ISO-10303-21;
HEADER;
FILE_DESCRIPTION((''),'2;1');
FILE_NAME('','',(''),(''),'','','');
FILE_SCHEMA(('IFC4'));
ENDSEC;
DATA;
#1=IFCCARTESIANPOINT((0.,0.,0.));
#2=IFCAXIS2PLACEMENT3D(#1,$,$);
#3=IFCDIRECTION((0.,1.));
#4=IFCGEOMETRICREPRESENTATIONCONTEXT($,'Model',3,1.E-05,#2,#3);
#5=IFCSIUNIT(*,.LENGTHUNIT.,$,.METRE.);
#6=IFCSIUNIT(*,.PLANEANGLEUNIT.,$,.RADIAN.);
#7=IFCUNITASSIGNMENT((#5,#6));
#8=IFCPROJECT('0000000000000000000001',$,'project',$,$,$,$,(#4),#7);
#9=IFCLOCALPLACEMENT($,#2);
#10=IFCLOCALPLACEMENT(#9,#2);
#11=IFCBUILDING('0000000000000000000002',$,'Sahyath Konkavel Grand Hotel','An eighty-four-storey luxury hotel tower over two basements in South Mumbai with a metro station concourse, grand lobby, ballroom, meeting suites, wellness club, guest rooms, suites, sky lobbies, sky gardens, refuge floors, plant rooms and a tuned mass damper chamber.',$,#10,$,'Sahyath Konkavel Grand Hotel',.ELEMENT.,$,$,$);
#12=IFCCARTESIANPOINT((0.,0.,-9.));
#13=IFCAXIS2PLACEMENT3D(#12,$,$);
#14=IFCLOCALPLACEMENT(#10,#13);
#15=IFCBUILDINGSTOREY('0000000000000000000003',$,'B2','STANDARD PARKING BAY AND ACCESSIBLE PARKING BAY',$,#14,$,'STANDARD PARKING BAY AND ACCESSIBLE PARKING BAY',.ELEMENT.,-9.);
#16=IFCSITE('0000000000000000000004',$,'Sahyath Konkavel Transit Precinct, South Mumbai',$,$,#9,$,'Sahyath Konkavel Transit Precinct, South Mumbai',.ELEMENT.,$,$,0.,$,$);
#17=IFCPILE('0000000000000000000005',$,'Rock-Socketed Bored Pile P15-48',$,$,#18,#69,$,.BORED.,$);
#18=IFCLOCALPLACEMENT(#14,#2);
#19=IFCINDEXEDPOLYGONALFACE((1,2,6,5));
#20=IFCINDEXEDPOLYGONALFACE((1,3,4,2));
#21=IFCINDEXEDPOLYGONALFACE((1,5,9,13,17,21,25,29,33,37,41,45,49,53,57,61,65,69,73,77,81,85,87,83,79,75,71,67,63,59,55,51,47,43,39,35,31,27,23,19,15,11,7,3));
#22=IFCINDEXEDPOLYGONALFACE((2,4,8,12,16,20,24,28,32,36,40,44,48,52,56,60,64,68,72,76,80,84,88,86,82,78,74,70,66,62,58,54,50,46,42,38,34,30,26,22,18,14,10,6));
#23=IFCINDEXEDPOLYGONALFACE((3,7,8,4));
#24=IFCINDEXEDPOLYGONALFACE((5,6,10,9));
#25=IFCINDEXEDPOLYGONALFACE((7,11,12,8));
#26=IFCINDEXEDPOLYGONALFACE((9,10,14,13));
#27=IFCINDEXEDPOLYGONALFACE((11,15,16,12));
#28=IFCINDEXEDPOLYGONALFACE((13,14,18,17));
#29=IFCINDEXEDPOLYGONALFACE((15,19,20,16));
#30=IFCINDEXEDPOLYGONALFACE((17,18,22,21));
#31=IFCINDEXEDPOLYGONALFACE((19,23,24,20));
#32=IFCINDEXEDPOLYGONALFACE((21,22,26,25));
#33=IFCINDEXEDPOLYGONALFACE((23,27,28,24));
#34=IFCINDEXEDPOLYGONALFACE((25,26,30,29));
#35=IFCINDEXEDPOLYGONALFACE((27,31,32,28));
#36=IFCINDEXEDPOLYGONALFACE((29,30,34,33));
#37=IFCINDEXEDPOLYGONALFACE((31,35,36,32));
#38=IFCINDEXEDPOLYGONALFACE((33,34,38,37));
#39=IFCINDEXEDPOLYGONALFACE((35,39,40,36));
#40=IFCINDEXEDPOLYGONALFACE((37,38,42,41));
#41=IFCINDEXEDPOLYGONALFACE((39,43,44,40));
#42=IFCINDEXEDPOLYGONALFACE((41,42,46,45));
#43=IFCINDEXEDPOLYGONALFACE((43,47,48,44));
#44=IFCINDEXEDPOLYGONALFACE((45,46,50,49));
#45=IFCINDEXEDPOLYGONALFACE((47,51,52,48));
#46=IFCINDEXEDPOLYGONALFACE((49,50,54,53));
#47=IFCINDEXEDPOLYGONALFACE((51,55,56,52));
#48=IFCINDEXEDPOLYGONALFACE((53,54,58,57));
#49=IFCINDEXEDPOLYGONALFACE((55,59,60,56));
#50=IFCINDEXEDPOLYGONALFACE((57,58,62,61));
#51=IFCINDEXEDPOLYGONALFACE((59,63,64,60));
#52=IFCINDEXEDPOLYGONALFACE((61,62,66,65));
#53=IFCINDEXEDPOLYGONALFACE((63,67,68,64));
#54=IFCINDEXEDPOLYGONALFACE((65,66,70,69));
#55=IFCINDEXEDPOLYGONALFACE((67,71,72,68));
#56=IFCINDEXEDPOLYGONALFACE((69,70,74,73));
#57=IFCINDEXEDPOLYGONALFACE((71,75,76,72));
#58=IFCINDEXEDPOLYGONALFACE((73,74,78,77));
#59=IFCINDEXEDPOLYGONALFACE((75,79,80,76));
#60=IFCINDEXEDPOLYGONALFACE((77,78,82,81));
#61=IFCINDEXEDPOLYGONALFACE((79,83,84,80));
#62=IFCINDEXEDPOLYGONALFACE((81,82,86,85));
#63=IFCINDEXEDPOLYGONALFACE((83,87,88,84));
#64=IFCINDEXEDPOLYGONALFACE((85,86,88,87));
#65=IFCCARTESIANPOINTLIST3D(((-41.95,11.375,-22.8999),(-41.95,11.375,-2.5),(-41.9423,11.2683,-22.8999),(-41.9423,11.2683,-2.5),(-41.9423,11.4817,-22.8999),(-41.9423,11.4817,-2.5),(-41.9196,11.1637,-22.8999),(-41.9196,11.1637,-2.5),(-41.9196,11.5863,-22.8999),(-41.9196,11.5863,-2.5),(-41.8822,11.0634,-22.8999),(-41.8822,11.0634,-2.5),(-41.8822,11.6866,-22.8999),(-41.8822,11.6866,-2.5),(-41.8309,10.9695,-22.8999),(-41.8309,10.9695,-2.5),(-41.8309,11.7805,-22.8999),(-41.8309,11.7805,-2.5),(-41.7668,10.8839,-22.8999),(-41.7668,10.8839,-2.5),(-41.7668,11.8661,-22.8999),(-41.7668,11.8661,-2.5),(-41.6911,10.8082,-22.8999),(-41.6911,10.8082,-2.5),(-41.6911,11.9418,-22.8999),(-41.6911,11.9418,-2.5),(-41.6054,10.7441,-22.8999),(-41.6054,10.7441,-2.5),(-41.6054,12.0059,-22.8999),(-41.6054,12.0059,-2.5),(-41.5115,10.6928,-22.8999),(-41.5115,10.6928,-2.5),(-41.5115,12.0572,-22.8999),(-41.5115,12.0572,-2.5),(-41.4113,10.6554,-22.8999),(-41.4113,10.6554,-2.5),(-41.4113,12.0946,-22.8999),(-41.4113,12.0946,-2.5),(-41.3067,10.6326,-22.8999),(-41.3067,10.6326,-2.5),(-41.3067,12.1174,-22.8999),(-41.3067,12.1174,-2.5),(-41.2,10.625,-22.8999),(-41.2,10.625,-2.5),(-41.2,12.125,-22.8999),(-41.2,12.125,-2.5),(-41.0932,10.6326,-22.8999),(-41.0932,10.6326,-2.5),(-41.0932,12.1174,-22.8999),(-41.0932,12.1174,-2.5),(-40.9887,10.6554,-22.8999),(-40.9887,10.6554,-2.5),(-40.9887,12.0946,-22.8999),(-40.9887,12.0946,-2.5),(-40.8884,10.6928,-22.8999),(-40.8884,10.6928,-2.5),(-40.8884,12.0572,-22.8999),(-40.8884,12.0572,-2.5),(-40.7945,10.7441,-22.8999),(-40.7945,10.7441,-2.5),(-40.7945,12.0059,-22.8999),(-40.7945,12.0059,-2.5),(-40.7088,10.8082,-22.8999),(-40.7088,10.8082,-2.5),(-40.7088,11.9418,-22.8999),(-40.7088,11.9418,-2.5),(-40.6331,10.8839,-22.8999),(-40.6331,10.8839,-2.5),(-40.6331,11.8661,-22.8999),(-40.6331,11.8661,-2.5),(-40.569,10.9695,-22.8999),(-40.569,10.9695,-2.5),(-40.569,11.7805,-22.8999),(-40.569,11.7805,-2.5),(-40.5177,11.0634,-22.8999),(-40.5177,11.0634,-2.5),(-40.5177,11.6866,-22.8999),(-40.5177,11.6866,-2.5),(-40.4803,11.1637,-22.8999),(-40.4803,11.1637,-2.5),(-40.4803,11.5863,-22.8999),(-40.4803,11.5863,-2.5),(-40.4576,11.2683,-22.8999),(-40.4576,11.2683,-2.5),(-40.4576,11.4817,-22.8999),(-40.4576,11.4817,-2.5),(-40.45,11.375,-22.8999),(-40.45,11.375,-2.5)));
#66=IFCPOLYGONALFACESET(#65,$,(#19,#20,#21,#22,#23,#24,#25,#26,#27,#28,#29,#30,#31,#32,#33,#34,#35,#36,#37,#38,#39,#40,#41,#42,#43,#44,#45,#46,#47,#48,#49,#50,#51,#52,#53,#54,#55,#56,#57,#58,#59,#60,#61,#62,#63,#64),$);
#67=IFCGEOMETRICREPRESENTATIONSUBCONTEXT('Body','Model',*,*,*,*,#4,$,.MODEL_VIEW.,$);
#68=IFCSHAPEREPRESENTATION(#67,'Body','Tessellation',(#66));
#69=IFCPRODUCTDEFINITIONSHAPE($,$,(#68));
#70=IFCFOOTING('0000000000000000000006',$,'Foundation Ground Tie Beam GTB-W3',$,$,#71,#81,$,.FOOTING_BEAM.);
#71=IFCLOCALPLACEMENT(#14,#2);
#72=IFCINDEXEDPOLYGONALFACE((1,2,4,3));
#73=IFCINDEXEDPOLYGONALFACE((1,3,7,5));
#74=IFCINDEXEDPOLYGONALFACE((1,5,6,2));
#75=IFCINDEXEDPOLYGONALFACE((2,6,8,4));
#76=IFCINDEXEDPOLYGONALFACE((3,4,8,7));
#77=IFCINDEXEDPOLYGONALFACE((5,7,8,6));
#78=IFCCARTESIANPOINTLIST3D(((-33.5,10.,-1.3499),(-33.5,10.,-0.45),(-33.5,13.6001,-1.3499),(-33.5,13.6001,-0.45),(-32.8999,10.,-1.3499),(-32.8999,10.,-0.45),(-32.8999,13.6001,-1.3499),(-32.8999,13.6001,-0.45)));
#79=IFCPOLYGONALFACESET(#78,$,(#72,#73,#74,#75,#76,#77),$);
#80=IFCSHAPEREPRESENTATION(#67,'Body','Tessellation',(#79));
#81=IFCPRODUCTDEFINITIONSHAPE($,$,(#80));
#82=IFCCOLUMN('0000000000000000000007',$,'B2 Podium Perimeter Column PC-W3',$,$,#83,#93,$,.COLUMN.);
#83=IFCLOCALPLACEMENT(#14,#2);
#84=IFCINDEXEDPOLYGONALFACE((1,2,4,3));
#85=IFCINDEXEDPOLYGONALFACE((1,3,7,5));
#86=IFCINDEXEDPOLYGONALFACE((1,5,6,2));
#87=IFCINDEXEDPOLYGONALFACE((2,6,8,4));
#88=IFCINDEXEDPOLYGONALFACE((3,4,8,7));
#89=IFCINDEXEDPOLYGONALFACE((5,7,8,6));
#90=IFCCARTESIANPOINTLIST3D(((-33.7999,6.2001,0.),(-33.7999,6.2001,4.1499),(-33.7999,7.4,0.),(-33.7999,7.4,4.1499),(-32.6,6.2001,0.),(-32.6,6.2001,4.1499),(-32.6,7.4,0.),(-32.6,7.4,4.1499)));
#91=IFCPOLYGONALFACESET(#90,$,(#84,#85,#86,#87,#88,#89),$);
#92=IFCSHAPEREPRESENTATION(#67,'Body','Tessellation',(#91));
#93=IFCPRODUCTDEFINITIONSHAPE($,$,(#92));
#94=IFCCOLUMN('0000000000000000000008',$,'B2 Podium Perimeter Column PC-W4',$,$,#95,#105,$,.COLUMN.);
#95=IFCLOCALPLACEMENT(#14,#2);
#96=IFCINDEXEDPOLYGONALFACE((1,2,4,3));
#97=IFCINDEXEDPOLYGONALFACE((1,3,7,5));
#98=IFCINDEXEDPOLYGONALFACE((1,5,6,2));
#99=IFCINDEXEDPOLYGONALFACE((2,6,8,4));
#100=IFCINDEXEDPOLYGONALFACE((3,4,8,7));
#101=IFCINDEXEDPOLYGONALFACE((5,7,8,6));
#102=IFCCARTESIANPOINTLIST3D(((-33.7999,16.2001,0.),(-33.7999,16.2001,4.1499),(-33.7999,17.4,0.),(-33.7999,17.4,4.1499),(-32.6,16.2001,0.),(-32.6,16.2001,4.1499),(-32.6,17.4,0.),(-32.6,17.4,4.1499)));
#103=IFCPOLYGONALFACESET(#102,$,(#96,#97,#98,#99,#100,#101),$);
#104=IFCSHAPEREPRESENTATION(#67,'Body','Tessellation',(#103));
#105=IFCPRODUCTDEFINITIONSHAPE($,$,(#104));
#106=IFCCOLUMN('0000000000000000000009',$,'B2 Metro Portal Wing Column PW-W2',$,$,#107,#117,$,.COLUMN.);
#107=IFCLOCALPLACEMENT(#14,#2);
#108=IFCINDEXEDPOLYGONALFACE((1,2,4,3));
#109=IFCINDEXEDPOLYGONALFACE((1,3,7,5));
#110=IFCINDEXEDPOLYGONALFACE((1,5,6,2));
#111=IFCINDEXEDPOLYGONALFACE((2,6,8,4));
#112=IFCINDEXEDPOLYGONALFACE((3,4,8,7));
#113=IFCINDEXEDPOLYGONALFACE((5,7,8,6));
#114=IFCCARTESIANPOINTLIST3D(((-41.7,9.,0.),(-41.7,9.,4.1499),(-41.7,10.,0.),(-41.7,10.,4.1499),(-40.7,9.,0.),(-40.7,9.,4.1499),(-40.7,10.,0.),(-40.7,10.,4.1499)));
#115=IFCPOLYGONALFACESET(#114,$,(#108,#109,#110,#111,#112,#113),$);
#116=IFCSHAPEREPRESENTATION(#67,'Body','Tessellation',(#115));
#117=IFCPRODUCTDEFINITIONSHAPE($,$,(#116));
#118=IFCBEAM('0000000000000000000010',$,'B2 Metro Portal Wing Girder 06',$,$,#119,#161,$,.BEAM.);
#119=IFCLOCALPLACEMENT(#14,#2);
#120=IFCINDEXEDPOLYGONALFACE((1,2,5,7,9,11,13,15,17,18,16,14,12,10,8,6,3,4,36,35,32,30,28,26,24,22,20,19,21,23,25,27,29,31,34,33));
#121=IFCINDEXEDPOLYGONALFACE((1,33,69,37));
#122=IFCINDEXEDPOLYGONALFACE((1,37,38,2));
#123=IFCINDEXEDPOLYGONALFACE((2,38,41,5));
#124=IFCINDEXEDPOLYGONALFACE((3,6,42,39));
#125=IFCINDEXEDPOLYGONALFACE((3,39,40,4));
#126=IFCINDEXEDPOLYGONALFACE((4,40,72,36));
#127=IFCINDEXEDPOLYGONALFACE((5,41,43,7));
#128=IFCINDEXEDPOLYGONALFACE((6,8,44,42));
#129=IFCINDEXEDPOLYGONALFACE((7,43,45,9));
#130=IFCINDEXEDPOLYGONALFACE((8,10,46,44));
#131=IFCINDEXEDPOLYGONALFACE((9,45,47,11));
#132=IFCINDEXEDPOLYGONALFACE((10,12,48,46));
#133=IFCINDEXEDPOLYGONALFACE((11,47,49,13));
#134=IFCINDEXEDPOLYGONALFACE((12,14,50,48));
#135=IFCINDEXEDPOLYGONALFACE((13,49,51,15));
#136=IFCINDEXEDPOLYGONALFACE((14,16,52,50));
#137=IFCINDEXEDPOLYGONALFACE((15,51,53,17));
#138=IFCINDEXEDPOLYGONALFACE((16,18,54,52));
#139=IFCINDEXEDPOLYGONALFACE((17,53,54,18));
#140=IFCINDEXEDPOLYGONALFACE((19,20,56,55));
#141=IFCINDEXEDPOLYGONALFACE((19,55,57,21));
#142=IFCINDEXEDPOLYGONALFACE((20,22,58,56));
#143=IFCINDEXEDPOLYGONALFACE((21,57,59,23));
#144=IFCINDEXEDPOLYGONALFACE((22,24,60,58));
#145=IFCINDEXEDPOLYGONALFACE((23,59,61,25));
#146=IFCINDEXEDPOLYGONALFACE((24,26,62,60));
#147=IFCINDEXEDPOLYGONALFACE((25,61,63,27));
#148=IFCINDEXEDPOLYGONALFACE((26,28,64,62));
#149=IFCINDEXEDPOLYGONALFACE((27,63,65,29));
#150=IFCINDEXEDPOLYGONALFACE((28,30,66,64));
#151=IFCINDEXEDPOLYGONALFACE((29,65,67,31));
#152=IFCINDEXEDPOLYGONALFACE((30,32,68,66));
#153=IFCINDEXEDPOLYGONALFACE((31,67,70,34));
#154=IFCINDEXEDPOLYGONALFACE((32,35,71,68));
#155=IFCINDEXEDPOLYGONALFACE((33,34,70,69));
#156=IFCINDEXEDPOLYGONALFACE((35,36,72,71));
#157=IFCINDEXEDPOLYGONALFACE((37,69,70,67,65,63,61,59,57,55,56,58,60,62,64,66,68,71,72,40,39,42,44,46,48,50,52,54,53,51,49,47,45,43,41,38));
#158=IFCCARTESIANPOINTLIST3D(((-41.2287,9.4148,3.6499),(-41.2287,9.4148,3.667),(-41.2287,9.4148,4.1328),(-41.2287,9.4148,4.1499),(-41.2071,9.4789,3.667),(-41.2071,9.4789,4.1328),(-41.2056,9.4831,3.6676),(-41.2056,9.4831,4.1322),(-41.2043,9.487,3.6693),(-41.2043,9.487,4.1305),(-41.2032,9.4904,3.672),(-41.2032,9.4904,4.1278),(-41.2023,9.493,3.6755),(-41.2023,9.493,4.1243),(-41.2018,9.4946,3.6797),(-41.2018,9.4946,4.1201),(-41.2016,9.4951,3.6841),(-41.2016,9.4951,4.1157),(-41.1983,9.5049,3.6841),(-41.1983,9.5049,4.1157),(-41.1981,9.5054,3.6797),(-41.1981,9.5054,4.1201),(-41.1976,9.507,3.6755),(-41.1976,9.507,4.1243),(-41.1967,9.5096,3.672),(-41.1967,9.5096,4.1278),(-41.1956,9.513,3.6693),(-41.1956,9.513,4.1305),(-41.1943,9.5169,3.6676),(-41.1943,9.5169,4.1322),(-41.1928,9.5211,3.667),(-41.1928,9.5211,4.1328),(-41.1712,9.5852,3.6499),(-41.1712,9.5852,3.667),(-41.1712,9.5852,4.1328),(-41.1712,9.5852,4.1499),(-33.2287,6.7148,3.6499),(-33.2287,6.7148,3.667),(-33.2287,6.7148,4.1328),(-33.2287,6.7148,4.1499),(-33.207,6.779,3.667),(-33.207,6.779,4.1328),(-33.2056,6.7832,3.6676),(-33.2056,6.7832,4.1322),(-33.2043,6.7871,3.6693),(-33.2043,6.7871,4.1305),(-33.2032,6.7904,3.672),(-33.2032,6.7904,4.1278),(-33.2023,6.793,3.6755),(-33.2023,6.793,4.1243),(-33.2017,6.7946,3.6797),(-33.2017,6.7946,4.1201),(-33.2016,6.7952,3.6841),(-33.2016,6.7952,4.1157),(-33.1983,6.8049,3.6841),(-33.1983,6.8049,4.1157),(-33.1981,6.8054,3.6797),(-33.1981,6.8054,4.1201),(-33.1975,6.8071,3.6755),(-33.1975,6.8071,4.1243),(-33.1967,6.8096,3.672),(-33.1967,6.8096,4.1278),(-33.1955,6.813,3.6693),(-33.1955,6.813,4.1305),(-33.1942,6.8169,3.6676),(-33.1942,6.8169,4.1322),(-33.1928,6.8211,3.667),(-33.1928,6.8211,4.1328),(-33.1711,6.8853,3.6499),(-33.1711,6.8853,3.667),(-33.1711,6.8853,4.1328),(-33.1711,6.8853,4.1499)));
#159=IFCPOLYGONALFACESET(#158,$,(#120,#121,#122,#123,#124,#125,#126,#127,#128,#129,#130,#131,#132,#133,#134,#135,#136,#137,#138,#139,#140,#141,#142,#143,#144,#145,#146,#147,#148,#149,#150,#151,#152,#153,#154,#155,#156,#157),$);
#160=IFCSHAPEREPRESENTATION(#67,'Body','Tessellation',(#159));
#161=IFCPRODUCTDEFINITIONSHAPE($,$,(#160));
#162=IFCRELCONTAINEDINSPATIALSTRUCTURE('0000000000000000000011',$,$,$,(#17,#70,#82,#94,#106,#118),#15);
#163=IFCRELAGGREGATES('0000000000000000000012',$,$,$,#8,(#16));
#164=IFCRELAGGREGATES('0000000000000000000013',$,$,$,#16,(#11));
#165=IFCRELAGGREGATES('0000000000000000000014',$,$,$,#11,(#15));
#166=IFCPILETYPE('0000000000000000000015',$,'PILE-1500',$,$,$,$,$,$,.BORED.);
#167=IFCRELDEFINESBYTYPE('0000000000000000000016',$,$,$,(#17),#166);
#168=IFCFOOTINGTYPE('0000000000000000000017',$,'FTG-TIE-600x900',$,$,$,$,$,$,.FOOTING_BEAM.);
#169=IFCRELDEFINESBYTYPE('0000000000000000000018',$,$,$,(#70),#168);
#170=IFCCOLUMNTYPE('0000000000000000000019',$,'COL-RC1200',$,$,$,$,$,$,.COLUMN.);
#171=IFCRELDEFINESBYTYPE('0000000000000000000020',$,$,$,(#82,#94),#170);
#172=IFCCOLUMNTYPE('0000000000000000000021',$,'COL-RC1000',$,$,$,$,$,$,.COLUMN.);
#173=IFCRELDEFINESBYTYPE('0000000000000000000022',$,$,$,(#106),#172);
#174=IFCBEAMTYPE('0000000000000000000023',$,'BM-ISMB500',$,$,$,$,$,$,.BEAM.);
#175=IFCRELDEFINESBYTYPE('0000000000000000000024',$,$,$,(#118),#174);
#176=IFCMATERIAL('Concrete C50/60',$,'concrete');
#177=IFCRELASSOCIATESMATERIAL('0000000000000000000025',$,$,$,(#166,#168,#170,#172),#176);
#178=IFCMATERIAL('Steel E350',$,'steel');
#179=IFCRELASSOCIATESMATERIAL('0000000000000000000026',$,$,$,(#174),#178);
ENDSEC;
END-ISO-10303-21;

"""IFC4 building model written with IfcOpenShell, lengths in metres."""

from ifc_helpers import new_model, si_unit, direction, frame, origin, origin_2d, place, context, subcontext, project, spatial, rectangle, circle, i_section, extrude, source, transform, mapped, material, material_profile, profile_set, type_object, element, save


model = new_model("IFC4")

# Units and contexts
model_context = context("Model", 3, precision=1e-05, world=origin(), true_north=direction((0.0, 1.0)))
body_context = subcontext(model_context, "Body", "Model", "MODEL_VIEW")
ifc_project = project(units=[si_unit("LENGTHUNIT", "METRE"), si_unit("PLANEANGLEUNIT", "RADIAN")], contexts=[model_context])

# Site, building, storey
site_placement = place(None, origin())
site = spatial("IfcSite", under=ifc_project, at=site_placement, Name="Sahyath Konkavel Transit Precinct, South Mumbai", LongName="Sahyath Konkavel Transit Precinct, South Mumbai", CompositionType="ELEMENT", RefElevation=0.0)
building_placement = place(site_placement, origin())
building = spatial("IfcBuilding", under=site, at=building_placement, Name="Sahyath Konkavel Grand Hotel", Description="An eighty-four-storey luxury hotel tower over two basements in South Mumbai with a metro station concourse, grand lobby, ballroom, meeting suites, wellness club, guest rooms, suites, sky lobbies, sky gardens, refuge floors, plant rooms and a tuned mass damper chamber.", LongName="Sahyath Konkavel Grand Hotel", CompositionType="ELEMENT")
storey_placement = place(building_placement, frame((0.0, 0.0, -9.0)))
storey = spatial("IfcBuildingStorey", under=building, at=storey_placement, Name="B2", Description="STANDARD PARKING BAY AND ACCESSIBLE PARKING BAY", LongName="STANDARD PARKING BAY AND ACCESSIBLE PARKING BAY", CompositionType="ELEMENT", Elevation=-9.0)

# Pile
ifc_material_1 = material(Name="Concrete C50/60", Category="concrete")
ifc_material_profile_1 = material_profile(ifc_material_1, circle(Radius=0.75, at=origin_2d()), Name="PILE D1500")
ifc_profile_set_1 = profile_set([ifc_material_profile_1], Name="Concrete C50/60")
pile_type = type_object("IfcPileType", Name="PILE-1500", PredefinedType="BORED", material=ifc_profile_set_1)
for number, where, z_axis, x_axis, name in (
    (1, (-41.2, 11.375, -2.5), (0.0, 0.0, -1.0), (1.0, 0.0, 0.0), "Rock-Socketed Bored Pile P15-48"),
):
    element("IfcPile", number, at=place(storey_placement, frame(where, z_axis=z_axis, x_axis=x_axis)), inside=storey, type_object=pile_type, Name=name, PredefinedType="BORED", context=body_context, shape_type="SweptSolid", body=[
        extrude(circle(Radius=0.75, at=origin_2d()), origin(), (0.0, 0.0, 1.0), 20.3999),
    ])

# Footing
ifc_material_profile_2 = material_profile(ifc_material_1, rectangle(XDim=0.6001, YDim=0.8999, at=origin_2d()), Name="RC 600x900")
ifc_profile_set_2 = profile_set([ifc_material_profile_2], Name="Concrete C50/60")
footing_type = type_object("IfcFootingType", Name="FTG-TIE-600x900", PredefinedType="FOOTING_BEAM", material=ifc_profile_set_2)
shared_shape_1 = source(origin(), body_context, "Body", "SweptSolid", [
    extrude(rectangle(XDim=0.6001, YDim=0.8999, at=origin_2d()), origin(), (0.0, 0.0, 1.0), 3.6001),
])
footing_placement = place(storey_placement, frame((-33.2, 10.0, -0.8999), z_axis=(0.0, 1.0, 0.0), x_axis=(-1.0, 0.0, 0.0)))
element("IfcFooting", 2, at=footing_placement, inside=storey, type_object=footing_type, Name="Foundation Ground Tie Beam GTB-W3", PredefinedType="FOOTING_BEAM", context=body_context, shape_type="MappedRepresentation", body=[
    mapped(shared_shape_1, transform((0.0, 0.0, 0.0), scale=1.0)),
])

# Columns
ifc_material_profile_3 = material_profile(ifc_material_1, rectangle(XDim=1.2, YDim=1.2, at=origin_2d()), Name="RC 1200x1200")
ifc_profile_set_3 = profile_set([ifc_material_profile_3], Name="Concrete C50/60")
column_type_1 = type_object("IfcColumnType", Name="COL-RC1200", PredefinedType="COLUMN", material=ifc_profile_set_3)
shared_shape_2 = source(origin(), body_context, "Body", "SweptSolid", [
    extrude(rectangle(XDim=1.2, YDim=1.2, at=origin_2d()), origin(), (0.0, 0.0, 1.0), 4.1499),
])
for number, where, z_axis, x_axis, name in (
    (3, (-33.2, 6.8, 0.0), (0.0, 0.0, 1.0), (1.0, 0.0, 0.0), "B2 Podium Perimeter Column PC-W3"),
    (4, (-33.2, 16.8, 0.0), (0.0, 0.0, 1.0), (1.0, 0.0, 0.0), "B2 Podium Perimeter Column PC-W4"),
):
    element("IfcColumn", number, at=place(storey_placement, frame(where, z_axis=z_axis, x_axis=x_axis)), inside=storey, type_object=column_type_1, Name=name, PredefinedType="COLUMN", context=body_context, shape_type="MappedRepresentation", body=[
        mapped(shared_shape_2, transform((0.0, 0.0, 0.0), scale=1.0)),
    ])
ifc_material_profile_4 = material_profile(ifc_material_1, rectangle(XDim=1.0, YDim=1.0, at=origin_2d()), Name="RC 1000x1000")
ifc_profile_set_4 = profile_set([ifc_material_profile_4], Name="Concrete C50/60")
column_type_2 = type_object("IfcColumnType", Name="COL-RC1000", PredefinedType="COLUMN", material=ifc_profile_set_4)
shared_shape_3 = source(origin(), body_context, "Body", "SweptSolid", [
    extrude(rectangle(XDim=1.0, YDim=1.0, at=origin_2d()), origin(), (0.0, 0.0, 1.0), 4.1499),
])
column_placement = place(storey_placement, frame((-41.2, 9.5, 0.0), z_axis=(0.0, 0.0, 1.0), x_axis=(1.0, 0.0, 0.0)))
element("IfcColumn", 5, at=column_placement, inside=storey, type_object=column_type_2, Name="B2 Metro Portal Wing Column PW-W2", PredefinedType="COLUMN", context=body_context, shape_type="MappedRepresentation", body=[
    mapped(shared_shape_3, transform((0.0, 0.0, 0.0), scale=1.0)),
])

# Beam
ifc_material_2 = material(Name="Steel E350", Category="steel")
ifc_material_profile_5 = material_profile(ifc_material_2, i_section(OverallWidth=0.1799, OverallDepth=0.5, WebThickness=0.0103, FlangeThickness=0.0171, FilletRadius=0.0171, at=origin_2d()), Name="ISMB 500")
ifc_profile_set_5 = profile_set([ifc_material_profile_5], Name="Steel E350")
beam_type_1 = type_object("IfcBeamType", Name="BM-ISMB500", PredefinedType="BEAM", material=ifc_profile_set_5)
shared_shape_4 = source(origin(), body_context, "Body", "SweptSolid", [
    extrude(i_section(OverallWidth=0.1799, OverallDepth=0.5, WebThickness=0.0103, FlangeThickness=0.0171, FilletRadius=0.0171, at=origin_2d()), origin(), (0.0, 0.0, 1.0), 8.4434),
])
beam_1_placement = place(storey_placement, frame((-41.2, 9.5, 3.8999), z_axis=(0.947494, -0.319773, 0.0), x_axis=(0.319773, 0.947494, 0.0)))
element("IfcBeam", 6, at=beam_1_placement, inside=storey, type_object=beam_type_1, Name="B2 Metro Portal Wing Girder 06", PredefinedType="BEAM", context=body_context, shape_type="MappedRepresentation", body=[
    mapped(shared_shape_4, transform((0.0, 0.0, 0.0), scale=1.0)),
])

save(model, "model.ifc")
